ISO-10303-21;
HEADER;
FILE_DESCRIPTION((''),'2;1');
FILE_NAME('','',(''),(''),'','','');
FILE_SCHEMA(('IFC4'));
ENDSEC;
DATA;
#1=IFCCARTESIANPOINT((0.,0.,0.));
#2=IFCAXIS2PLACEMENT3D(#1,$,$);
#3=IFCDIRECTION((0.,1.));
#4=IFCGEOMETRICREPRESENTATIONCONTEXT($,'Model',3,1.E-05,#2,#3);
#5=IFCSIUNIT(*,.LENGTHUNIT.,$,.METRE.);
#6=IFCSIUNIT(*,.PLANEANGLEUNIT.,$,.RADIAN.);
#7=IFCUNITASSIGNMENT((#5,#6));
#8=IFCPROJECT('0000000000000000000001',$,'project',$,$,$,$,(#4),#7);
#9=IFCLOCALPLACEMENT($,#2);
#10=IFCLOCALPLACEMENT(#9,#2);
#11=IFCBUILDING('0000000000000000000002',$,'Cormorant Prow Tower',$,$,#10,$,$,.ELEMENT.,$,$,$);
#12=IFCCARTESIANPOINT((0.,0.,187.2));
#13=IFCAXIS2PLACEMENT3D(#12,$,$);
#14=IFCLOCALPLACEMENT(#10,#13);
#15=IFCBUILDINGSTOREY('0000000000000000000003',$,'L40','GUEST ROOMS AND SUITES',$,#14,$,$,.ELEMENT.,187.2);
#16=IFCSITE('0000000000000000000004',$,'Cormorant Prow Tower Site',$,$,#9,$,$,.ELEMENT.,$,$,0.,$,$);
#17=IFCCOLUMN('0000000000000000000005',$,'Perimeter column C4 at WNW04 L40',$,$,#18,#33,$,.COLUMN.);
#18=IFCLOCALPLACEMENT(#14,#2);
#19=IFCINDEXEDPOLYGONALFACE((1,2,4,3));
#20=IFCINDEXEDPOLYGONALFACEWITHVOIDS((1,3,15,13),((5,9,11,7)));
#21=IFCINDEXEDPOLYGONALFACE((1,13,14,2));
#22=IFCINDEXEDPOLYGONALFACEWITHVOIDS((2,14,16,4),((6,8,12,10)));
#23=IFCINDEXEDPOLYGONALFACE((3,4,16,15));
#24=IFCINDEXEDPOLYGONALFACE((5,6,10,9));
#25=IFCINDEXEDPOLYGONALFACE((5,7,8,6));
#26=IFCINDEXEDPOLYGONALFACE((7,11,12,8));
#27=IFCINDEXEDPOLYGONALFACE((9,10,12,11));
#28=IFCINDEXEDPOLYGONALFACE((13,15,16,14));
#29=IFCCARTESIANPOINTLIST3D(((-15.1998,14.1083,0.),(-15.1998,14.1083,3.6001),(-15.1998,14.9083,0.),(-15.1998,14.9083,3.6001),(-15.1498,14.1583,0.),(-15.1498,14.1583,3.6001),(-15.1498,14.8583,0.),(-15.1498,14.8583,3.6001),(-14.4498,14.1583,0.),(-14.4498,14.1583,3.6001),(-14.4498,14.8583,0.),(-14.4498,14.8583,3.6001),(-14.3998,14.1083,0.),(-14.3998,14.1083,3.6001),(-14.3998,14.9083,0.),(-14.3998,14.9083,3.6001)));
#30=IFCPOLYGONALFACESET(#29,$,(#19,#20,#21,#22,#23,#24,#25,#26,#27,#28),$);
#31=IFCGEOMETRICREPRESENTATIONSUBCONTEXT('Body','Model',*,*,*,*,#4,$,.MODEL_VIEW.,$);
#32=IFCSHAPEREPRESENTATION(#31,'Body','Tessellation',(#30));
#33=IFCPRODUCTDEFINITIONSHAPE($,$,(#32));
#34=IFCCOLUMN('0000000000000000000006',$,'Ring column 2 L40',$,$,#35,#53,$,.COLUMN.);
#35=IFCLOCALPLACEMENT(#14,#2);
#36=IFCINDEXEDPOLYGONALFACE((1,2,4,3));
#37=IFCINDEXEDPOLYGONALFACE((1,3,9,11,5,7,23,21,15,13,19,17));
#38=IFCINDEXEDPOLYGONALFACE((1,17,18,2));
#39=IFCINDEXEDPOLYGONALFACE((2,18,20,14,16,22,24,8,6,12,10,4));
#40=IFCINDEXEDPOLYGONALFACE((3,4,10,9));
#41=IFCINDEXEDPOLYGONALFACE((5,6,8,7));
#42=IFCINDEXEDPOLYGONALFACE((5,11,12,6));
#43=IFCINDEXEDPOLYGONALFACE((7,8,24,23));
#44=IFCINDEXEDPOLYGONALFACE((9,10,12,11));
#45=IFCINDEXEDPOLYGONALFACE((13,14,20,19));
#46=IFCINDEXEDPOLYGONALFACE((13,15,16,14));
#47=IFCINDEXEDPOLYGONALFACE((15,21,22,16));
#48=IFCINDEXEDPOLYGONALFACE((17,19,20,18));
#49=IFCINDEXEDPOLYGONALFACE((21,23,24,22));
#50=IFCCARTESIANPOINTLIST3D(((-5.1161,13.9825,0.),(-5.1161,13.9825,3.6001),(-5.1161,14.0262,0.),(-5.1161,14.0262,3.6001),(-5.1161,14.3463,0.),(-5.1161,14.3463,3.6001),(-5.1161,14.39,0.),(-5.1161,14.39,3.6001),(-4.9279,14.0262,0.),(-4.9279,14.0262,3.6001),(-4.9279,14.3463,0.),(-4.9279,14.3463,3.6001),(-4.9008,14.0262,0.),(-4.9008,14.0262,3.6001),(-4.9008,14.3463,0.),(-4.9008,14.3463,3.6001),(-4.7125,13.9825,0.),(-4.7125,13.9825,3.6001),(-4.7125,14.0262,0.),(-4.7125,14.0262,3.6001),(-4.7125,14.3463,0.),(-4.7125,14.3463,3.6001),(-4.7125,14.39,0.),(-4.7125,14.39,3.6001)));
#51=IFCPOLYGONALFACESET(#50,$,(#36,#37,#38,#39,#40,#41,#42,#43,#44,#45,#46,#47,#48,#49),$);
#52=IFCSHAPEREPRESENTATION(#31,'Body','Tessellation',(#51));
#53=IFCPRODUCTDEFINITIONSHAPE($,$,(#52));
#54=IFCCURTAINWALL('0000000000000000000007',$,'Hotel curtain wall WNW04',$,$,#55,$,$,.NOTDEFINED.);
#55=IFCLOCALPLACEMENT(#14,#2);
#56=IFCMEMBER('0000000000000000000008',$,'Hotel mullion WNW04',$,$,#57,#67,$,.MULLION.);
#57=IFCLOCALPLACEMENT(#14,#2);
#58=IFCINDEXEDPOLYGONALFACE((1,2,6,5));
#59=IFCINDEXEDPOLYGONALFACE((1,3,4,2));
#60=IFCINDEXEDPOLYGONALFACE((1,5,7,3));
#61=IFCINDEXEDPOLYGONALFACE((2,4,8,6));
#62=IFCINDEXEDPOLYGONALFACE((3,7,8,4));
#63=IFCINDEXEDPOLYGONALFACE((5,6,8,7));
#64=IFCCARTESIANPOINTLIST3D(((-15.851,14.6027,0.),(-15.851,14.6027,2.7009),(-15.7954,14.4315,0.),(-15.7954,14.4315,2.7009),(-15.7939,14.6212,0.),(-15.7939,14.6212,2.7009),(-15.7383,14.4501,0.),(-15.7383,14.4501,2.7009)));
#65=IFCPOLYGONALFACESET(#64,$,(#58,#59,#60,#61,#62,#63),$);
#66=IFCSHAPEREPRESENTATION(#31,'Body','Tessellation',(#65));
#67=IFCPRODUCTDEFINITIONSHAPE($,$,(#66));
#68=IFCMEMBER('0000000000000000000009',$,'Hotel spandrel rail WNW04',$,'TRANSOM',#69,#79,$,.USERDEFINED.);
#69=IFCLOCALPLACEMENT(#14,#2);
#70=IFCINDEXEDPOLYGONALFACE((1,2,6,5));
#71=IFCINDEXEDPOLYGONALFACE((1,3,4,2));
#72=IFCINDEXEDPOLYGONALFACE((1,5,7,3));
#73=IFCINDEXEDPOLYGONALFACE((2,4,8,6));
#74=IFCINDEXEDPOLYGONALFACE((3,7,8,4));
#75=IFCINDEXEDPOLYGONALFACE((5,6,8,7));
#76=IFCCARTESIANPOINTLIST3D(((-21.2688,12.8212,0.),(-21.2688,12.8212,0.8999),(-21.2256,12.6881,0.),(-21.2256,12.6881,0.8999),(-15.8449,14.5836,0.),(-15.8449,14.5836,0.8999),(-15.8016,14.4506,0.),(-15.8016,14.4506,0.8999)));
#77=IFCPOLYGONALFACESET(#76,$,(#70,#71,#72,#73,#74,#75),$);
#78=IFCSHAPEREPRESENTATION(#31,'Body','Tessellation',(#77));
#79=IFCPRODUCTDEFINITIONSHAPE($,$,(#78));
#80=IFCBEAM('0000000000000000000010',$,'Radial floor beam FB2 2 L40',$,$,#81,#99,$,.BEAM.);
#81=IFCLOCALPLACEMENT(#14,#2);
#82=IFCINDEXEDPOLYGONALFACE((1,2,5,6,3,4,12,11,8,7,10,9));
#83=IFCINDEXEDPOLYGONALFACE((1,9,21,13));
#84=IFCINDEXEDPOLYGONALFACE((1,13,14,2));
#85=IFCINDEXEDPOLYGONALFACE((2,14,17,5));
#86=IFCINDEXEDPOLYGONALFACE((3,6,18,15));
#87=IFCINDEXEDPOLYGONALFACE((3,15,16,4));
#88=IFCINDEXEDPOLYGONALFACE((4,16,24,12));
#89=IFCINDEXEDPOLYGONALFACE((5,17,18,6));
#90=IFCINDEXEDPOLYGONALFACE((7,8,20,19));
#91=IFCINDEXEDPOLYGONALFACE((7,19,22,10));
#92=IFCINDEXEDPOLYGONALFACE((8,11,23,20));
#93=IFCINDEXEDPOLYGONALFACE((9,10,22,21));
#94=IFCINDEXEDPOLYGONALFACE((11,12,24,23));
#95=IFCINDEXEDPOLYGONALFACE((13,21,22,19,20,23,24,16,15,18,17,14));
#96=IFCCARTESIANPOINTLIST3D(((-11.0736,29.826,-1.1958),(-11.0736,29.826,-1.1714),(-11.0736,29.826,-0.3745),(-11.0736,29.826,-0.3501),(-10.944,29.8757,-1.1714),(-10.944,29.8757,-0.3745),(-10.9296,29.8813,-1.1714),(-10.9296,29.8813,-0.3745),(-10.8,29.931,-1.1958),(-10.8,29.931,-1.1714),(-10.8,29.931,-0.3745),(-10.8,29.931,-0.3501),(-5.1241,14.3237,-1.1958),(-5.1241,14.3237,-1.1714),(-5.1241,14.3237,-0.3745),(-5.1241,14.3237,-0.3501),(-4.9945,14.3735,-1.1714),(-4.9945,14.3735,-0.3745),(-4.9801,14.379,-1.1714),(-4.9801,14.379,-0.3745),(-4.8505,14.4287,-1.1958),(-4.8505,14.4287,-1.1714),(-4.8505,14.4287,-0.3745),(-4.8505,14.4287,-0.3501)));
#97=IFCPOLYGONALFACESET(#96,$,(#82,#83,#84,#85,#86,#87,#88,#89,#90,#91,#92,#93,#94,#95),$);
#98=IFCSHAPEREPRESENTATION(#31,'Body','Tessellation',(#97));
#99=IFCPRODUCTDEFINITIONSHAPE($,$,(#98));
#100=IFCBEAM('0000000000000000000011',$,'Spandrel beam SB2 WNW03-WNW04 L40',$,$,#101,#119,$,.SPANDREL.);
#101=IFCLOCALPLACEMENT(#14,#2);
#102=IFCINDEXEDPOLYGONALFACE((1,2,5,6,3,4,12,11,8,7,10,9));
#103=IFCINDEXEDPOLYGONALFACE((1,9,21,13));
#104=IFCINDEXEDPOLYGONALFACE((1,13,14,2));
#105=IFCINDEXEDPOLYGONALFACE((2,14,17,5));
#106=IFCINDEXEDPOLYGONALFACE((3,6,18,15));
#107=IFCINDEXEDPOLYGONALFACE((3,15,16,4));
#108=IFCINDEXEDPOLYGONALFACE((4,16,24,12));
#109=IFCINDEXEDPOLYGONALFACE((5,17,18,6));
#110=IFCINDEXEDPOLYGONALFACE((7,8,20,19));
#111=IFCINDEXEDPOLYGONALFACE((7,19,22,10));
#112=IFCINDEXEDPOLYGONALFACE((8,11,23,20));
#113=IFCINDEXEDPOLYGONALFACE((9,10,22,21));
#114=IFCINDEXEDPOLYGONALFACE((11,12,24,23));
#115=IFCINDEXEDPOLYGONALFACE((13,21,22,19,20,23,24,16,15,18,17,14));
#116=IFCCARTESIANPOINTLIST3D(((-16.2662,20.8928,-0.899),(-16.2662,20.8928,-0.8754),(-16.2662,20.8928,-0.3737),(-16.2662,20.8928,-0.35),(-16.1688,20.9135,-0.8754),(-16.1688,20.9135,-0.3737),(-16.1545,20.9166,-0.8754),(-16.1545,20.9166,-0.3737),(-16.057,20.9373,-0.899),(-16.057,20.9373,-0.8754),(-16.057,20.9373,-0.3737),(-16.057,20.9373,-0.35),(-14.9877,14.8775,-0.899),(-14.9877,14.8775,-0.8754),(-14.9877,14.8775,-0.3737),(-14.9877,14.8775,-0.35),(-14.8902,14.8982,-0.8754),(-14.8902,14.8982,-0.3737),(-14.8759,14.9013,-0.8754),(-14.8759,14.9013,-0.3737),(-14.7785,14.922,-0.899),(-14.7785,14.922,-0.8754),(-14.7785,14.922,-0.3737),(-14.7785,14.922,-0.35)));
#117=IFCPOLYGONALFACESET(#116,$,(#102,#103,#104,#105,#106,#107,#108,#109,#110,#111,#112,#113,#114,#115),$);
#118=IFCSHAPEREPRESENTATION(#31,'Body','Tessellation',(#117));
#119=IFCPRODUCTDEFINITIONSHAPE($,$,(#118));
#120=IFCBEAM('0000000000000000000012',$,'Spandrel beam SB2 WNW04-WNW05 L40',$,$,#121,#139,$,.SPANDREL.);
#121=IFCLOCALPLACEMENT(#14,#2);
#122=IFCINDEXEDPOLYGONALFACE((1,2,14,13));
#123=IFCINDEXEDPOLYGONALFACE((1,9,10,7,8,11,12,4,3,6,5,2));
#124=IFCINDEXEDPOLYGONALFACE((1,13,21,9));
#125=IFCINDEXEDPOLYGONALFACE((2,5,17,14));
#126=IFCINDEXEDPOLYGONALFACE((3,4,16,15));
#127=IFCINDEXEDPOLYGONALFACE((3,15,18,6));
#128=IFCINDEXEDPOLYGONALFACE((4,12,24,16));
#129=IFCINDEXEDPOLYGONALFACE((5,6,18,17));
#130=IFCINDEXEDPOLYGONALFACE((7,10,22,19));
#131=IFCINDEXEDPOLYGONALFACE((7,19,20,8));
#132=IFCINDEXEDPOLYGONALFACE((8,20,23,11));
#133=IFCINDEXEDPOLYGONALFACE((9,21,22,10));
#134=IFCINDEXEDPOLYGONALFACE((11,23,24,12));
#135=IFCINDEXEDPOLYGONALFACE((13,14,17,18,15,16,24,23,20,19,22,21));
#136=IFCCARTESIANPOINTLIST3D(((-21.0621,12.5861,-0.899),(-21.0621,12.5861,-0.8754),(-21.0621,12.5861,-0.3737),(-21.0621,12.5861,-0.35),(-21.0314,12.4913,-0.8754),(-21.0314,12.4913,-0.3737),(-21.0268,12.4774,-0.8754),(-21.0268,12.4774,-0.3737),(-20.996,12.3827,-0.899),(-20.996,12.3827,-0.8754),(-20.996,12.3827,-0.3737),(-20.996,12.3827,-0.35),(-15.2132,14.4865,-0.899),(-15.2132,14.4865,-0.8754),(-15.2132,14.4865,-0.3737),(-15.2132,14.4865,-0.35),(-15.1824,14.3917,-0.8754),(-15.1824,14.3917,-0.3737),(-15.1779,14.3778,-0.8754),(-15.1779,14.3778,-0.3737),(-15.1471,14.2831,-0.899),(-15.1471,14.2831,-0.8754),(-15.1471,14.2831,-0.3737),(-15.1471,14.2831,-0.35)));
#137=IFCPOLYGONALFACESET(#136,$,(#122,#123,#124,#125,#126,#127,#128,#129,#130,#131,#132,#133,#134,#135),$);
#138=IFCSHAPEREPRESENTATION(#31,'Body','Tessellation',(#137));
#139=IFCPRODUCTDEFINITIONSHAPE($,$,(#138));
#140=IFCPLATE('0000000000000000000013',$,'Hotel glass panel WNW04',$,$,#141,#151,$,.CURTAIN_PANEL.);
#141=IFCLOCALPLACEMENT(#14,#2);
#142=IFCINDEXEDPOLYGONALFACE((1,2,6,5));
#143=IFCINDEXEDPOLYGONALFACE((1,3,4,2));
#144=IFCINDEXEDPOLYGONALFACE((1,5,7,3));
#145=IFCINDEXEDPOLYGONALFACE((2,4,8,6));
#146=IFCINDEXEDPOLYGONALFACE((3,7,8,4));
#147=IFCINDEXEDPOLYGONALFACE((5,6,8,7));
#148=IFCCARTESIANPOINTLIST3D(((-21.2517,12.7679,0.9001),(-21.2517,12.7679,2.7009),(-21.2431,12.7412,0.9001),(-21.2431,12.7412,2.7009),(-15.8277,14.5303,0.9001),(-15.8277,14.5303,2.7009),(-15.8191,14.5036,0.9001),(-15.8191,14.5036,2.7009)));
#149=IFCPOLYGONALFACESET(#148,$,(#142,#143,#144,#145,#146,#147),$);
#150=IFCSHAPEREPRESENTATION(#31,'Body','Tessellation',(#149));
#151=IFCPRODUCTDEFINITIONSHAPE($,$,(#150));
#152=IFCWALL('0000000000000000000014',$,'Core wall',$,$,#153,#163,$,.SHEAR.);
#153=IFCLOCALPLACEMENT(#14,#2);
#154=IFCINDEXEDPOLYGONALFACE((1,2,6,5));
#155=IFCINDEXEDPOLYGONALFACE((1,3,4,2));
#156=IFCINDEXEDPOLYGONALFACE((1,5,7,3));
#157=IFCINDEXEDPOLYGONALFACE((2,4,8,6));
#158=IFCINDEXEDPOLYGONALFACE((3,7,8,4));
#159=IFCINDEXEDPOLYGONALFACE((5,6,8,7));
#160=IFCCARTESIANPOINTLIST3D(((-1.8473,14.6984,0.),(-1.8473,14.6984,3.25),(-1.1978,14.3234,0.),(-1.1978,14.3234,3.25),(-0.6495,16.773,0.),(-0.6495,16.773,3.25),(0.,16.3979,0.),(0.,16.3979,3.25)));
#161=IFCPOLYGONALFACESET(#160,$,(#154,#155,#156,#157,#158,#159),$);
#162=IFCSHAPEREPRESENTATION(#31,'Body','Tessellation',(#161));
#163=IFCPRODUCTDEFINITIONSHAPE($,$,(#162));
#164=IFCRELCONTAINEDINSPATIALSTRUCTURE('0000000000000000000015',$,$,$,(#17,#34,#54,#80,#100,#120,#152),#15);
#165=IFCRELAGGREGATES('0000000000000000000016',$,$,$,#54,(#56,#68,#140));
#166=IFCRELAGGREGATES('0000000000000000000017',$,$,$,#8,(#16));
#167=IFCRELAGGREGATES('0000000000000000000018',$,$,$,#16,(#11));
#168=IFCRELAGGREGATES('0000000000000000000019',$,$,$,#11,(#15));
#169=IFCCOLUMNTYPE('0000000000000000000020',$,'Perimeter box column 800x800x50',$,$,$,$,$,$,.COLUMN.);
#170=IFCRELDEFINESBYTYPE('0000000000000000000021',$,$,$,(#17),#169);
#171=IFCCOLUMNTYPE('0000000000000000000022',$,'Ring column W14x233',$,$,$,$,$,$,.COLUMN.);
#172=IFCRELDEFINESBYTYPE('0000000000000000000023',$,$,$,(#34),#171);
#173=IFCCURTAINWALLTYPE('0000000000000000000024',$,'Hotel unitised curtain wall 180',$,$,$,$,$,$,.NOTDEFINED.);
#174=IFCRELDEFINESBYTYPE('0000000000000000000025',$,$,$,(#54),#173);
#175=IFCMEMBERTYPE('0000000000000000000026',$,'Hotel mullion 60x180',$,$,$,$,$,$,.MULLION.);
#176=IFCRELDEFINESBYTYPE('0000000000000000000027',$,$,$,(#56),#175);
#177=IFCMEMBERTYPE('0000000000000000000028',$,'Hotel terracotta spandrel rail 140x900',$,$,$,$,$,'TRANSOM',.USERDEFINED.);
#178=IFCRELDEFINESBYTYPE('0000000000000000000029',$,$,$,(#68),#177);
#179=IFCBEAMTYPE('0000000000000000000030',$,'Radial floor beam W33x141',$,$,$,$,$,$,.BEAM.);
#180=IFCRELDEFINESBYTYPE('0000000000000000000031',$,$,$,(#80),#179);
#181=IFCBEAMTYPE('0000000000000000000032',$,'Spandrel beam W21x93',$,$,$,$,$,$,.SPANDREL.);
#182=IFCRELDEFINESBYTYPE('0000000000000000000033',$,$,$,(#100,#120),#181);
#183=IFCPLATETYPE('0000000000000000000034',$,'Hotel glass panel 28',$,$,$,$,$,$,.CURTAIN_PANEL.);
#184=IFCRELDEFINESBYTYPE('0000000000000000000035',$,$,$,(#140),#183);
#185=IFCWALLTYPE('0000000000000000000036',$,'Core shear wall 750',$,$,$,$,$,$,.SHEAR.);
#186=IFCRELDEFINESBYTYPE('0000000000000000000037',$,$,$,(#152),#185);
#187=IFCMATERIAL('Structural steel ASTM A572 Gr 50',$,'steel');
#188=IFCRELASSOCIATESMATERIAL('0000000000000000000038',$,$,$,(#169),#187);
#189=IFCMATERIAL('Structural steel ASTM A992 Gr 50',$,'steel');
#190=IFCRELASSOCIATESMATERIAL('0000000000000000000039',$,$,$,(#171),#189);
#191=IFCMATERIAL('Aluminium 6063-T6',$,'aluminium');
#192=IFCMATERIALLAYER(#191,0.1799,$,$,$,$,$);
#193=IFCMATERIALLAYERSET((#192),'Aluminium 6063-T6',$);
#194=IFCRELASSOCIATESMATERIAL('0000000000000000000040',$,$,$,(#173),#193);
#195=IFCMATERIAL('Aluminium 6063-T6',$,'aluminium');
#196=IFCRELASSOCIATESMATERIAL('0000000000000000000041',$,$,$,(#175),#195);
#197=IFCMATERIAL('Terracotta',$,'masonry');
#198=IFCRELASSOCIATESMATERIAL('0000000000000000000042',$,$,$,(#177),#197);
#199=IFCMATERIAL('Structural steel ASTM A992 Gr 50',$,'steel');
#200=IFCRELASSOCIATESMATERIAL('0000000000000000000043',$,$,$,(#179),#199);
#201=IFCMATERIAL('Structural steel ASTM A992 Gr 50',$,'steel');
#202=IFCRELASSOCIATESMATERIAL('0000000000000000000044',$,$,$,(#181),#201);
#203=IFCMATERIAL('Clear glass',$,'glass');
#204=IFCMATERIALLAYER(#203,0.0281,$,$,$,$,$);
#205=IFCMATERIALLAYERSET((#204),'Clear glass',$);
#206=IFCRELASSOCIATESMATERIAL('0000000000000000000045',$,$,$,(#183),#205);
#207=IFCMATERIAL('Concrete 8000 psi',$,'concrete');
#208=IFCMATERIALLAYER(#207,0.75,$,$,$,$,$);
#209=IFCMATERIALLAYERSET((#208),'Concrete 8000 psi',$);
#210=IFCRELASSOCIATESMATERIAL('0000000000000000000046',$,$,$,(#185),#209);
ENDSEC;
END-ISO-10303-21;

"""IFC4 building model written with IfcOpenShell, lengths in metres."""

from ifc_helpers import new_model, si_unit, direction, frame, frame_2d, origin, origin_2d, place, context, subcontext, project, spatial, rectangle, hollow_rectangle, i_section, extrude, material, layer, layer_set, material_profile, profile_set, type_object, element, aggregate, save


model = new_model("IFC4")

# Units and contexts
model_context = context("Model", 3, precision=1e-05, world=origin(), true_north=direction((0.0, 1.0)))
body_context = subcontext(model_context, "Body", "Model", "MODEL_VIEW")
ifc_project = project(units=[si_unit("LENGTHUNIT", "METRE"), si_unit("PLANEANGLEUNIT", "RADIAN")], contexts=[model_context])

# Site, building, storey
site_placement = place(None, origin())
site = spatial("IfcSite", under=ifc_project, at=site_placement, Name="Cormorant Prow Tower Site", CompositionType="ELEMENT", RefElevation=0.0)
building_placement = place(site_placement, origin())
building = spatial("IfcBuilding", under=site, at=building_placement, Name="Cormorant Prow Tower", CompositionType="ELEMENT")
storey_placement = place(building_placement, frame((0.0, 0.0, 187.2)))
storey = spatial("IfcBuildingStorey", under=building, at=storey_placement, Name="L40", Description="GUEST ROOMS AND SUITES", CompositionType="ELEMENT", Elevation=187.2)

# Columns
ifc_material_1 = material(Name="Structural steel ASTM A572 Gr 50", Category="steel")
ifc_material_profile_1 = material_profile(ifc_material_1, hollow_rectangle(XDim=0.8, YDim=0.8, WallThickness=0.05, at=origin_2d()), Name="Box 800x800x50")
ifc_profile_set_1 = profile_set([ifc_material_profile_1], Name="Structural steel ASTM A572 Gr 50")
column_type_1 = type_object("IfcColumnType", Name="Perimeter box column 800x800x50", PredefinedType="COLUMN", material=ifc_profile_set_1)
column_1_placement = place(storey_placement, frame((-14.7998, 14.5083, 0.0), z_axis=(0.0, 0.0, 1.0), x_axis=(1.0, 0.0, 0.0)))
element("IfcColumn", 1, at=column_1_placement, inside=storey, type_object=column_type_1, Name="Perimeter column C4 at WNW04 L40", PredefinedType="COLUMN", context=body_context, shape_type="SweptSolid", body=[
    extrude(hollow_rectangle(XDim=0.8, YDim=0.8, WallThickness=0.05, at=origin_2d()), origin(), (0.0, 0.0, 1.0), 3.6001),
])
ifc_material_2 = material(Name="Structural steel ASTM A992 Gr 50", Category="steel")
ifc_material_profile_2 = material_profile(ifc_material_2, i_section(OverallWidth=0.4036, OverallDepth=0.4075, WebThickness=0.0271, FlangeThickness=0.0437, at=origin_2d()), Name="W14x233")
ifc_profile_set_2 = profile_set([ifc_material_profile_2], Name="Structural steel ASTM A992 Gr 50")
column_type_2 = type_object("IfcColumnType", Name="Ring column W14x233", PredefinedType="COLUMN", material=ifc_profile_set_2)
column_2_placement = place(storey_placement, frame((-4.9143, 14.1863, 0.0), z_axis=(0.0, 0.0, 1.0), x_axis=(1.0, 0.0, 0.0)))
element("IfcColumn", 2, at=column_2_placement, inside=storey, type_object=column_type_2, Name="Ring column 2 L40", PredefinedType="COLUMN", context=body_context, shape_type="SweptSolid", body=[
    extrude(i_section(OverallWidth=0.4036, OverallDepth=0.4075, WebThickness=0.0271, FlangeThickness=0.0437, at=origin_2d()), origin(), (0.0, 0.0, 1.0), 3.6001),
])

# Curtain wall, members
ifc_material_3 = material(Name="Aluminium 6063-T6", Category="aluminium")
ifc_layer_1 = layer(ifc_material_3, 0.1799)
ifc_layer_set_1 = layer_set([ifc_layer_1], Name="Aluminium 6063-T6")
curtain_wall_type = type_object("IfcCurtainWallType", Name="Hotel unitised curtain wall 180", PredefinedType="NOTDEFINED", material=ifc_layer_set_1)
curtain_wall_placement = place(storey_placement, origin())
curtain_wall = element("IfcCurtainWall", 3, at=curtain_wall_placement, inside=storey, type_object=curtain_wall_type, Name="Hotel curtain wall WNW04", PredefinedType="NOTDEFINED")
ifc_material_4 = material(Name="Aluminium 6063-T6", Category="aluminium")
ifc_material_profile_3 = material_profile(ifc_material_4, rectangle(XDim=0.1799, YDim=0.0601, at=origin_2d()), Name="Hotel mullion 60x180")
ifc_profile_set_3 = profile_set([ifc_material_profile_3], Name="Aluminium 6063-T6")
member_type_1 = type_object("IfcMemberType", Name="Hotel mullion 60x180", PredefinedType="MULLION", material=ifc_profile_set_3)
member_1_placement = place(storey_placement, frame((-15.7947, 14.5264, 0.0), z_axis=(0.0, 0.0, 1.0), x_axis=(0.309017, -0.951056, 0.0)))
member_1 = element("IfcMember", 4, at=member_1_placement, type_object=member_type_1, Name="Hotel mullion WNW04", PredefinedType="MULLION", context=body_context, shape_type="SweptSolid", body=[
    extrude(rectangle(XDim=0.1799, YDim=0.0601, at=origin_2d()), origin(), (0.0, 0.0, 1.0), 2.7009),
])
ifc_material_5 = material(Name="Terracotta", Category="masonry")
ifc_material_profile_4 = material_profile(ifc_material_5, rectangle(XDim=0.1399, YDim=0.8999, at=origin_2d()), Name="Hotel terracotta spandrel rail 140x900")
ifc_profile_set_4 = profile_set([ifc_material_profile_4], Name="Terracotta")
member_type_2 = type_object("IfcMemberType", Name="Hotel terracotta spandrel rail 140x900", ElementType="TRANSOM", PredefinedType="USERDEFINED", material=ifc_profile_set_4)
member_2_placement = place(storey_placement, frame((-15.8232, 14.5171, 0.45), z_axis=(-0.951053, -0.309027, 0.0), x_axis=(0.309027, -0.951053, 0.0)))
member_2 = element("IfcMember", 5, at=member_2_placement, type_object=member_type_2, Name="Hotel spandrel rail WNW04", ObjectType="TRANSOM", PredefinedType="USERDEFINED", context=body_context, shape_type="SweptSolid", body=[
    extrude(rectangle(XDim=0.1399, YDim=0.8999, at=origin_2d()), origin(), (0.0, 0.0, 1.0), 5.7031),
])

# Beams
ifc_material_6 = material(Name="Structural steel ASTM A992 Gr 50", Category="steel")
ifc_material_profile_5 = material_profile(ifc_material_6, i_section(OverallWidth=0.293, OverallDepth=0.8457, WebThickness=0.0154, FlangeThickness=0.0244, at=origin_2d()), Name="W33x141")
ifc_profile_set_5 = profile_set([ifc_material_profile_5], Name="Structural steel ASTM A992 Gr 50")
beam_type_1 = type_object("IfcBeamType", Name="Radial floor beam W33x141", PredefinedType="BEAM", material=ifc_profile_set_5)
beam_1_placement = place(storey_placement, frame((-4.9873, 14.3762, -0.7729), z_axis=(-0.358301, 0.933606, 0.0), x_axis=(-0.933606, -0.358301, 0.0)))
element("IfcBeam", 6, at=beam_1_placement, inside=storey, type_object=beam_type_1, Name="Radial floor beam FB2 2 L40", PredefinedType="BEAM", context=body_context, shape_type="SweptSolid", body=[
    extrude(i_section(OverallWidth=0.293, OverallDepth=0.8457, WebThickness=0.0154, FlangeThickness=0.0244, at=origin_2d()), origin(), (0.0, 0.0, 1.0), 16.6047),
])
ifc_material_7 = material(Name="Structural steel ASTM A992 Gr 50", Category="steel")
ifc_material_profile_6 = material_profile(ifc_material_7, i_section(OverallWidth=0.2139, OverallDepth=0.5491, WebThickness=0.0146, FlangeThickness=0.0237, at=origin_2d()), Name="W21x93")
ifc_profile_set_6 = profile_set([ifc_material_profile_6], Name="Structural steel ASTM A992 Gr 50")
beam_type_2 = type_object("IfcBeamType", Name="Spandrel beam W21x93", PredefinedType="SPANDREL", material=ifc_profile_set_6)
beam_2_placement = place(storey_placement, frame((-16.1616, 20.915, -0.6245), z_axis=(0.207905, -0.978149, 0.0), x_axis=(0.978149, 0.207905, 0.0)))
element("IfcBeam", 7, at=beam_2_placement, inside=storey, type_object=beam_type_2, Name="Spandrel beam SB2 WNW03-WNW04 L40", PredefinedType="SPANDREL", context=body_context, shape_type="SweptSolid", body=[
    extrude(i_section(OverallWidth=0.2139, OverallDepth=0.5491, WebThickness=0.0146, FlangeThickness=0.0237, at=origin_2d()), origin(), (0.0, 0.0, 1.0), 6.1497),
])
beam_3_placement = place(storey_placement, frame((-15.1802, 14.3848, -0.6245), z_axis=(-0.951058, -0.309013, 0.0), x_axis=(0.309013, -0.951058, 0.0)))
element("IfcBeam", 8, at=beam_3_placement, inside=storey, type_object=beam_type_2, Name="Spandrel beam SB2 WNW04-WNW05 L40", PredefinedType="SPANDREL", context=body_context, shape_type="SweptSolid", body=[
    extrude(i_section(OverallWidth=0.2139, OverallDepth=0.5491, WebThickness=0.0146, FlangeThickness=0.0237, at=origin_2d()), origin(), (0.0, 0.0, 1.0), 6.1499),
])

# Plate
ifc_material_8 = material(Name="Clear glass", Category="glass")
ifc_layer_2 = layer(ifc_material_8, 0.0281)
ifc_layer_set_2 = layer_set([ifc_layer_2], Name="Clear glass")
plate_type = type_object("IfcPlateType", Name="Hotel glass panel 28", PredefinedType="CURTAIN_PANEL", material=ifc_layer_set_2)
plate_placement = place(storey_placement, frame((-18.5354, 13.6357, 0.9001), z_axis=(0.0, 0.0, 1.0), x_axis=(-0.951056, -0.309017, 0.0)))
plate = element("IfcPlate", 9, at=plate_placement, type_object=plate_type, Name="Hotel glass panel WNW04", PredefinedType="CURTAIN_PANEL", context=body_context, shape_type="SweptSolid", body=[
    extrude(rectangle(XDim=5.7031, YDim=0.0281, at=origin_2d()), origin(), (0.0, 0.0, 1.0), 1.8008),
])
aggregate(curtain_wall, [member_1, member_2, plate])

# Wall
ifc_material_9 = material(Name="Concrete 8000 psi", Category="concrete")
ifc_layer_3 = layer(ifc_material_9, 0.75)
ifc_layer_set_3 = layer_set([ifc_layer_3], Name="Concrete 8000 psi")
wall_type_1 = type_object("IfcWallType", Name="Core shear wall 750", PredefinedType="SHEAR", material=ifc_layer_set_3)
wall_1_placement = place(storey_placement, frame((-0.3247, 16.5854, 0.0), z_axis=(0.0, 0.0, 1.0), x_axis=(-0.500019, -0.866014, 0.0)))
element("IfcWall", 10, at=wall_1_placement, inside=storey, type_object=wall_type_1, Name="Core wall", PredefinedType="SHEAR", context=body_context, shape_type="SweptSolid", body=[
    extrude(rectangle(XDim=2.3955, YDim=0.75, at=frame_2d((1.1978, 0.0))), origin(), (0.0, 0.0, 1.0), 3.25),
])

save(model, "model.ifc")
